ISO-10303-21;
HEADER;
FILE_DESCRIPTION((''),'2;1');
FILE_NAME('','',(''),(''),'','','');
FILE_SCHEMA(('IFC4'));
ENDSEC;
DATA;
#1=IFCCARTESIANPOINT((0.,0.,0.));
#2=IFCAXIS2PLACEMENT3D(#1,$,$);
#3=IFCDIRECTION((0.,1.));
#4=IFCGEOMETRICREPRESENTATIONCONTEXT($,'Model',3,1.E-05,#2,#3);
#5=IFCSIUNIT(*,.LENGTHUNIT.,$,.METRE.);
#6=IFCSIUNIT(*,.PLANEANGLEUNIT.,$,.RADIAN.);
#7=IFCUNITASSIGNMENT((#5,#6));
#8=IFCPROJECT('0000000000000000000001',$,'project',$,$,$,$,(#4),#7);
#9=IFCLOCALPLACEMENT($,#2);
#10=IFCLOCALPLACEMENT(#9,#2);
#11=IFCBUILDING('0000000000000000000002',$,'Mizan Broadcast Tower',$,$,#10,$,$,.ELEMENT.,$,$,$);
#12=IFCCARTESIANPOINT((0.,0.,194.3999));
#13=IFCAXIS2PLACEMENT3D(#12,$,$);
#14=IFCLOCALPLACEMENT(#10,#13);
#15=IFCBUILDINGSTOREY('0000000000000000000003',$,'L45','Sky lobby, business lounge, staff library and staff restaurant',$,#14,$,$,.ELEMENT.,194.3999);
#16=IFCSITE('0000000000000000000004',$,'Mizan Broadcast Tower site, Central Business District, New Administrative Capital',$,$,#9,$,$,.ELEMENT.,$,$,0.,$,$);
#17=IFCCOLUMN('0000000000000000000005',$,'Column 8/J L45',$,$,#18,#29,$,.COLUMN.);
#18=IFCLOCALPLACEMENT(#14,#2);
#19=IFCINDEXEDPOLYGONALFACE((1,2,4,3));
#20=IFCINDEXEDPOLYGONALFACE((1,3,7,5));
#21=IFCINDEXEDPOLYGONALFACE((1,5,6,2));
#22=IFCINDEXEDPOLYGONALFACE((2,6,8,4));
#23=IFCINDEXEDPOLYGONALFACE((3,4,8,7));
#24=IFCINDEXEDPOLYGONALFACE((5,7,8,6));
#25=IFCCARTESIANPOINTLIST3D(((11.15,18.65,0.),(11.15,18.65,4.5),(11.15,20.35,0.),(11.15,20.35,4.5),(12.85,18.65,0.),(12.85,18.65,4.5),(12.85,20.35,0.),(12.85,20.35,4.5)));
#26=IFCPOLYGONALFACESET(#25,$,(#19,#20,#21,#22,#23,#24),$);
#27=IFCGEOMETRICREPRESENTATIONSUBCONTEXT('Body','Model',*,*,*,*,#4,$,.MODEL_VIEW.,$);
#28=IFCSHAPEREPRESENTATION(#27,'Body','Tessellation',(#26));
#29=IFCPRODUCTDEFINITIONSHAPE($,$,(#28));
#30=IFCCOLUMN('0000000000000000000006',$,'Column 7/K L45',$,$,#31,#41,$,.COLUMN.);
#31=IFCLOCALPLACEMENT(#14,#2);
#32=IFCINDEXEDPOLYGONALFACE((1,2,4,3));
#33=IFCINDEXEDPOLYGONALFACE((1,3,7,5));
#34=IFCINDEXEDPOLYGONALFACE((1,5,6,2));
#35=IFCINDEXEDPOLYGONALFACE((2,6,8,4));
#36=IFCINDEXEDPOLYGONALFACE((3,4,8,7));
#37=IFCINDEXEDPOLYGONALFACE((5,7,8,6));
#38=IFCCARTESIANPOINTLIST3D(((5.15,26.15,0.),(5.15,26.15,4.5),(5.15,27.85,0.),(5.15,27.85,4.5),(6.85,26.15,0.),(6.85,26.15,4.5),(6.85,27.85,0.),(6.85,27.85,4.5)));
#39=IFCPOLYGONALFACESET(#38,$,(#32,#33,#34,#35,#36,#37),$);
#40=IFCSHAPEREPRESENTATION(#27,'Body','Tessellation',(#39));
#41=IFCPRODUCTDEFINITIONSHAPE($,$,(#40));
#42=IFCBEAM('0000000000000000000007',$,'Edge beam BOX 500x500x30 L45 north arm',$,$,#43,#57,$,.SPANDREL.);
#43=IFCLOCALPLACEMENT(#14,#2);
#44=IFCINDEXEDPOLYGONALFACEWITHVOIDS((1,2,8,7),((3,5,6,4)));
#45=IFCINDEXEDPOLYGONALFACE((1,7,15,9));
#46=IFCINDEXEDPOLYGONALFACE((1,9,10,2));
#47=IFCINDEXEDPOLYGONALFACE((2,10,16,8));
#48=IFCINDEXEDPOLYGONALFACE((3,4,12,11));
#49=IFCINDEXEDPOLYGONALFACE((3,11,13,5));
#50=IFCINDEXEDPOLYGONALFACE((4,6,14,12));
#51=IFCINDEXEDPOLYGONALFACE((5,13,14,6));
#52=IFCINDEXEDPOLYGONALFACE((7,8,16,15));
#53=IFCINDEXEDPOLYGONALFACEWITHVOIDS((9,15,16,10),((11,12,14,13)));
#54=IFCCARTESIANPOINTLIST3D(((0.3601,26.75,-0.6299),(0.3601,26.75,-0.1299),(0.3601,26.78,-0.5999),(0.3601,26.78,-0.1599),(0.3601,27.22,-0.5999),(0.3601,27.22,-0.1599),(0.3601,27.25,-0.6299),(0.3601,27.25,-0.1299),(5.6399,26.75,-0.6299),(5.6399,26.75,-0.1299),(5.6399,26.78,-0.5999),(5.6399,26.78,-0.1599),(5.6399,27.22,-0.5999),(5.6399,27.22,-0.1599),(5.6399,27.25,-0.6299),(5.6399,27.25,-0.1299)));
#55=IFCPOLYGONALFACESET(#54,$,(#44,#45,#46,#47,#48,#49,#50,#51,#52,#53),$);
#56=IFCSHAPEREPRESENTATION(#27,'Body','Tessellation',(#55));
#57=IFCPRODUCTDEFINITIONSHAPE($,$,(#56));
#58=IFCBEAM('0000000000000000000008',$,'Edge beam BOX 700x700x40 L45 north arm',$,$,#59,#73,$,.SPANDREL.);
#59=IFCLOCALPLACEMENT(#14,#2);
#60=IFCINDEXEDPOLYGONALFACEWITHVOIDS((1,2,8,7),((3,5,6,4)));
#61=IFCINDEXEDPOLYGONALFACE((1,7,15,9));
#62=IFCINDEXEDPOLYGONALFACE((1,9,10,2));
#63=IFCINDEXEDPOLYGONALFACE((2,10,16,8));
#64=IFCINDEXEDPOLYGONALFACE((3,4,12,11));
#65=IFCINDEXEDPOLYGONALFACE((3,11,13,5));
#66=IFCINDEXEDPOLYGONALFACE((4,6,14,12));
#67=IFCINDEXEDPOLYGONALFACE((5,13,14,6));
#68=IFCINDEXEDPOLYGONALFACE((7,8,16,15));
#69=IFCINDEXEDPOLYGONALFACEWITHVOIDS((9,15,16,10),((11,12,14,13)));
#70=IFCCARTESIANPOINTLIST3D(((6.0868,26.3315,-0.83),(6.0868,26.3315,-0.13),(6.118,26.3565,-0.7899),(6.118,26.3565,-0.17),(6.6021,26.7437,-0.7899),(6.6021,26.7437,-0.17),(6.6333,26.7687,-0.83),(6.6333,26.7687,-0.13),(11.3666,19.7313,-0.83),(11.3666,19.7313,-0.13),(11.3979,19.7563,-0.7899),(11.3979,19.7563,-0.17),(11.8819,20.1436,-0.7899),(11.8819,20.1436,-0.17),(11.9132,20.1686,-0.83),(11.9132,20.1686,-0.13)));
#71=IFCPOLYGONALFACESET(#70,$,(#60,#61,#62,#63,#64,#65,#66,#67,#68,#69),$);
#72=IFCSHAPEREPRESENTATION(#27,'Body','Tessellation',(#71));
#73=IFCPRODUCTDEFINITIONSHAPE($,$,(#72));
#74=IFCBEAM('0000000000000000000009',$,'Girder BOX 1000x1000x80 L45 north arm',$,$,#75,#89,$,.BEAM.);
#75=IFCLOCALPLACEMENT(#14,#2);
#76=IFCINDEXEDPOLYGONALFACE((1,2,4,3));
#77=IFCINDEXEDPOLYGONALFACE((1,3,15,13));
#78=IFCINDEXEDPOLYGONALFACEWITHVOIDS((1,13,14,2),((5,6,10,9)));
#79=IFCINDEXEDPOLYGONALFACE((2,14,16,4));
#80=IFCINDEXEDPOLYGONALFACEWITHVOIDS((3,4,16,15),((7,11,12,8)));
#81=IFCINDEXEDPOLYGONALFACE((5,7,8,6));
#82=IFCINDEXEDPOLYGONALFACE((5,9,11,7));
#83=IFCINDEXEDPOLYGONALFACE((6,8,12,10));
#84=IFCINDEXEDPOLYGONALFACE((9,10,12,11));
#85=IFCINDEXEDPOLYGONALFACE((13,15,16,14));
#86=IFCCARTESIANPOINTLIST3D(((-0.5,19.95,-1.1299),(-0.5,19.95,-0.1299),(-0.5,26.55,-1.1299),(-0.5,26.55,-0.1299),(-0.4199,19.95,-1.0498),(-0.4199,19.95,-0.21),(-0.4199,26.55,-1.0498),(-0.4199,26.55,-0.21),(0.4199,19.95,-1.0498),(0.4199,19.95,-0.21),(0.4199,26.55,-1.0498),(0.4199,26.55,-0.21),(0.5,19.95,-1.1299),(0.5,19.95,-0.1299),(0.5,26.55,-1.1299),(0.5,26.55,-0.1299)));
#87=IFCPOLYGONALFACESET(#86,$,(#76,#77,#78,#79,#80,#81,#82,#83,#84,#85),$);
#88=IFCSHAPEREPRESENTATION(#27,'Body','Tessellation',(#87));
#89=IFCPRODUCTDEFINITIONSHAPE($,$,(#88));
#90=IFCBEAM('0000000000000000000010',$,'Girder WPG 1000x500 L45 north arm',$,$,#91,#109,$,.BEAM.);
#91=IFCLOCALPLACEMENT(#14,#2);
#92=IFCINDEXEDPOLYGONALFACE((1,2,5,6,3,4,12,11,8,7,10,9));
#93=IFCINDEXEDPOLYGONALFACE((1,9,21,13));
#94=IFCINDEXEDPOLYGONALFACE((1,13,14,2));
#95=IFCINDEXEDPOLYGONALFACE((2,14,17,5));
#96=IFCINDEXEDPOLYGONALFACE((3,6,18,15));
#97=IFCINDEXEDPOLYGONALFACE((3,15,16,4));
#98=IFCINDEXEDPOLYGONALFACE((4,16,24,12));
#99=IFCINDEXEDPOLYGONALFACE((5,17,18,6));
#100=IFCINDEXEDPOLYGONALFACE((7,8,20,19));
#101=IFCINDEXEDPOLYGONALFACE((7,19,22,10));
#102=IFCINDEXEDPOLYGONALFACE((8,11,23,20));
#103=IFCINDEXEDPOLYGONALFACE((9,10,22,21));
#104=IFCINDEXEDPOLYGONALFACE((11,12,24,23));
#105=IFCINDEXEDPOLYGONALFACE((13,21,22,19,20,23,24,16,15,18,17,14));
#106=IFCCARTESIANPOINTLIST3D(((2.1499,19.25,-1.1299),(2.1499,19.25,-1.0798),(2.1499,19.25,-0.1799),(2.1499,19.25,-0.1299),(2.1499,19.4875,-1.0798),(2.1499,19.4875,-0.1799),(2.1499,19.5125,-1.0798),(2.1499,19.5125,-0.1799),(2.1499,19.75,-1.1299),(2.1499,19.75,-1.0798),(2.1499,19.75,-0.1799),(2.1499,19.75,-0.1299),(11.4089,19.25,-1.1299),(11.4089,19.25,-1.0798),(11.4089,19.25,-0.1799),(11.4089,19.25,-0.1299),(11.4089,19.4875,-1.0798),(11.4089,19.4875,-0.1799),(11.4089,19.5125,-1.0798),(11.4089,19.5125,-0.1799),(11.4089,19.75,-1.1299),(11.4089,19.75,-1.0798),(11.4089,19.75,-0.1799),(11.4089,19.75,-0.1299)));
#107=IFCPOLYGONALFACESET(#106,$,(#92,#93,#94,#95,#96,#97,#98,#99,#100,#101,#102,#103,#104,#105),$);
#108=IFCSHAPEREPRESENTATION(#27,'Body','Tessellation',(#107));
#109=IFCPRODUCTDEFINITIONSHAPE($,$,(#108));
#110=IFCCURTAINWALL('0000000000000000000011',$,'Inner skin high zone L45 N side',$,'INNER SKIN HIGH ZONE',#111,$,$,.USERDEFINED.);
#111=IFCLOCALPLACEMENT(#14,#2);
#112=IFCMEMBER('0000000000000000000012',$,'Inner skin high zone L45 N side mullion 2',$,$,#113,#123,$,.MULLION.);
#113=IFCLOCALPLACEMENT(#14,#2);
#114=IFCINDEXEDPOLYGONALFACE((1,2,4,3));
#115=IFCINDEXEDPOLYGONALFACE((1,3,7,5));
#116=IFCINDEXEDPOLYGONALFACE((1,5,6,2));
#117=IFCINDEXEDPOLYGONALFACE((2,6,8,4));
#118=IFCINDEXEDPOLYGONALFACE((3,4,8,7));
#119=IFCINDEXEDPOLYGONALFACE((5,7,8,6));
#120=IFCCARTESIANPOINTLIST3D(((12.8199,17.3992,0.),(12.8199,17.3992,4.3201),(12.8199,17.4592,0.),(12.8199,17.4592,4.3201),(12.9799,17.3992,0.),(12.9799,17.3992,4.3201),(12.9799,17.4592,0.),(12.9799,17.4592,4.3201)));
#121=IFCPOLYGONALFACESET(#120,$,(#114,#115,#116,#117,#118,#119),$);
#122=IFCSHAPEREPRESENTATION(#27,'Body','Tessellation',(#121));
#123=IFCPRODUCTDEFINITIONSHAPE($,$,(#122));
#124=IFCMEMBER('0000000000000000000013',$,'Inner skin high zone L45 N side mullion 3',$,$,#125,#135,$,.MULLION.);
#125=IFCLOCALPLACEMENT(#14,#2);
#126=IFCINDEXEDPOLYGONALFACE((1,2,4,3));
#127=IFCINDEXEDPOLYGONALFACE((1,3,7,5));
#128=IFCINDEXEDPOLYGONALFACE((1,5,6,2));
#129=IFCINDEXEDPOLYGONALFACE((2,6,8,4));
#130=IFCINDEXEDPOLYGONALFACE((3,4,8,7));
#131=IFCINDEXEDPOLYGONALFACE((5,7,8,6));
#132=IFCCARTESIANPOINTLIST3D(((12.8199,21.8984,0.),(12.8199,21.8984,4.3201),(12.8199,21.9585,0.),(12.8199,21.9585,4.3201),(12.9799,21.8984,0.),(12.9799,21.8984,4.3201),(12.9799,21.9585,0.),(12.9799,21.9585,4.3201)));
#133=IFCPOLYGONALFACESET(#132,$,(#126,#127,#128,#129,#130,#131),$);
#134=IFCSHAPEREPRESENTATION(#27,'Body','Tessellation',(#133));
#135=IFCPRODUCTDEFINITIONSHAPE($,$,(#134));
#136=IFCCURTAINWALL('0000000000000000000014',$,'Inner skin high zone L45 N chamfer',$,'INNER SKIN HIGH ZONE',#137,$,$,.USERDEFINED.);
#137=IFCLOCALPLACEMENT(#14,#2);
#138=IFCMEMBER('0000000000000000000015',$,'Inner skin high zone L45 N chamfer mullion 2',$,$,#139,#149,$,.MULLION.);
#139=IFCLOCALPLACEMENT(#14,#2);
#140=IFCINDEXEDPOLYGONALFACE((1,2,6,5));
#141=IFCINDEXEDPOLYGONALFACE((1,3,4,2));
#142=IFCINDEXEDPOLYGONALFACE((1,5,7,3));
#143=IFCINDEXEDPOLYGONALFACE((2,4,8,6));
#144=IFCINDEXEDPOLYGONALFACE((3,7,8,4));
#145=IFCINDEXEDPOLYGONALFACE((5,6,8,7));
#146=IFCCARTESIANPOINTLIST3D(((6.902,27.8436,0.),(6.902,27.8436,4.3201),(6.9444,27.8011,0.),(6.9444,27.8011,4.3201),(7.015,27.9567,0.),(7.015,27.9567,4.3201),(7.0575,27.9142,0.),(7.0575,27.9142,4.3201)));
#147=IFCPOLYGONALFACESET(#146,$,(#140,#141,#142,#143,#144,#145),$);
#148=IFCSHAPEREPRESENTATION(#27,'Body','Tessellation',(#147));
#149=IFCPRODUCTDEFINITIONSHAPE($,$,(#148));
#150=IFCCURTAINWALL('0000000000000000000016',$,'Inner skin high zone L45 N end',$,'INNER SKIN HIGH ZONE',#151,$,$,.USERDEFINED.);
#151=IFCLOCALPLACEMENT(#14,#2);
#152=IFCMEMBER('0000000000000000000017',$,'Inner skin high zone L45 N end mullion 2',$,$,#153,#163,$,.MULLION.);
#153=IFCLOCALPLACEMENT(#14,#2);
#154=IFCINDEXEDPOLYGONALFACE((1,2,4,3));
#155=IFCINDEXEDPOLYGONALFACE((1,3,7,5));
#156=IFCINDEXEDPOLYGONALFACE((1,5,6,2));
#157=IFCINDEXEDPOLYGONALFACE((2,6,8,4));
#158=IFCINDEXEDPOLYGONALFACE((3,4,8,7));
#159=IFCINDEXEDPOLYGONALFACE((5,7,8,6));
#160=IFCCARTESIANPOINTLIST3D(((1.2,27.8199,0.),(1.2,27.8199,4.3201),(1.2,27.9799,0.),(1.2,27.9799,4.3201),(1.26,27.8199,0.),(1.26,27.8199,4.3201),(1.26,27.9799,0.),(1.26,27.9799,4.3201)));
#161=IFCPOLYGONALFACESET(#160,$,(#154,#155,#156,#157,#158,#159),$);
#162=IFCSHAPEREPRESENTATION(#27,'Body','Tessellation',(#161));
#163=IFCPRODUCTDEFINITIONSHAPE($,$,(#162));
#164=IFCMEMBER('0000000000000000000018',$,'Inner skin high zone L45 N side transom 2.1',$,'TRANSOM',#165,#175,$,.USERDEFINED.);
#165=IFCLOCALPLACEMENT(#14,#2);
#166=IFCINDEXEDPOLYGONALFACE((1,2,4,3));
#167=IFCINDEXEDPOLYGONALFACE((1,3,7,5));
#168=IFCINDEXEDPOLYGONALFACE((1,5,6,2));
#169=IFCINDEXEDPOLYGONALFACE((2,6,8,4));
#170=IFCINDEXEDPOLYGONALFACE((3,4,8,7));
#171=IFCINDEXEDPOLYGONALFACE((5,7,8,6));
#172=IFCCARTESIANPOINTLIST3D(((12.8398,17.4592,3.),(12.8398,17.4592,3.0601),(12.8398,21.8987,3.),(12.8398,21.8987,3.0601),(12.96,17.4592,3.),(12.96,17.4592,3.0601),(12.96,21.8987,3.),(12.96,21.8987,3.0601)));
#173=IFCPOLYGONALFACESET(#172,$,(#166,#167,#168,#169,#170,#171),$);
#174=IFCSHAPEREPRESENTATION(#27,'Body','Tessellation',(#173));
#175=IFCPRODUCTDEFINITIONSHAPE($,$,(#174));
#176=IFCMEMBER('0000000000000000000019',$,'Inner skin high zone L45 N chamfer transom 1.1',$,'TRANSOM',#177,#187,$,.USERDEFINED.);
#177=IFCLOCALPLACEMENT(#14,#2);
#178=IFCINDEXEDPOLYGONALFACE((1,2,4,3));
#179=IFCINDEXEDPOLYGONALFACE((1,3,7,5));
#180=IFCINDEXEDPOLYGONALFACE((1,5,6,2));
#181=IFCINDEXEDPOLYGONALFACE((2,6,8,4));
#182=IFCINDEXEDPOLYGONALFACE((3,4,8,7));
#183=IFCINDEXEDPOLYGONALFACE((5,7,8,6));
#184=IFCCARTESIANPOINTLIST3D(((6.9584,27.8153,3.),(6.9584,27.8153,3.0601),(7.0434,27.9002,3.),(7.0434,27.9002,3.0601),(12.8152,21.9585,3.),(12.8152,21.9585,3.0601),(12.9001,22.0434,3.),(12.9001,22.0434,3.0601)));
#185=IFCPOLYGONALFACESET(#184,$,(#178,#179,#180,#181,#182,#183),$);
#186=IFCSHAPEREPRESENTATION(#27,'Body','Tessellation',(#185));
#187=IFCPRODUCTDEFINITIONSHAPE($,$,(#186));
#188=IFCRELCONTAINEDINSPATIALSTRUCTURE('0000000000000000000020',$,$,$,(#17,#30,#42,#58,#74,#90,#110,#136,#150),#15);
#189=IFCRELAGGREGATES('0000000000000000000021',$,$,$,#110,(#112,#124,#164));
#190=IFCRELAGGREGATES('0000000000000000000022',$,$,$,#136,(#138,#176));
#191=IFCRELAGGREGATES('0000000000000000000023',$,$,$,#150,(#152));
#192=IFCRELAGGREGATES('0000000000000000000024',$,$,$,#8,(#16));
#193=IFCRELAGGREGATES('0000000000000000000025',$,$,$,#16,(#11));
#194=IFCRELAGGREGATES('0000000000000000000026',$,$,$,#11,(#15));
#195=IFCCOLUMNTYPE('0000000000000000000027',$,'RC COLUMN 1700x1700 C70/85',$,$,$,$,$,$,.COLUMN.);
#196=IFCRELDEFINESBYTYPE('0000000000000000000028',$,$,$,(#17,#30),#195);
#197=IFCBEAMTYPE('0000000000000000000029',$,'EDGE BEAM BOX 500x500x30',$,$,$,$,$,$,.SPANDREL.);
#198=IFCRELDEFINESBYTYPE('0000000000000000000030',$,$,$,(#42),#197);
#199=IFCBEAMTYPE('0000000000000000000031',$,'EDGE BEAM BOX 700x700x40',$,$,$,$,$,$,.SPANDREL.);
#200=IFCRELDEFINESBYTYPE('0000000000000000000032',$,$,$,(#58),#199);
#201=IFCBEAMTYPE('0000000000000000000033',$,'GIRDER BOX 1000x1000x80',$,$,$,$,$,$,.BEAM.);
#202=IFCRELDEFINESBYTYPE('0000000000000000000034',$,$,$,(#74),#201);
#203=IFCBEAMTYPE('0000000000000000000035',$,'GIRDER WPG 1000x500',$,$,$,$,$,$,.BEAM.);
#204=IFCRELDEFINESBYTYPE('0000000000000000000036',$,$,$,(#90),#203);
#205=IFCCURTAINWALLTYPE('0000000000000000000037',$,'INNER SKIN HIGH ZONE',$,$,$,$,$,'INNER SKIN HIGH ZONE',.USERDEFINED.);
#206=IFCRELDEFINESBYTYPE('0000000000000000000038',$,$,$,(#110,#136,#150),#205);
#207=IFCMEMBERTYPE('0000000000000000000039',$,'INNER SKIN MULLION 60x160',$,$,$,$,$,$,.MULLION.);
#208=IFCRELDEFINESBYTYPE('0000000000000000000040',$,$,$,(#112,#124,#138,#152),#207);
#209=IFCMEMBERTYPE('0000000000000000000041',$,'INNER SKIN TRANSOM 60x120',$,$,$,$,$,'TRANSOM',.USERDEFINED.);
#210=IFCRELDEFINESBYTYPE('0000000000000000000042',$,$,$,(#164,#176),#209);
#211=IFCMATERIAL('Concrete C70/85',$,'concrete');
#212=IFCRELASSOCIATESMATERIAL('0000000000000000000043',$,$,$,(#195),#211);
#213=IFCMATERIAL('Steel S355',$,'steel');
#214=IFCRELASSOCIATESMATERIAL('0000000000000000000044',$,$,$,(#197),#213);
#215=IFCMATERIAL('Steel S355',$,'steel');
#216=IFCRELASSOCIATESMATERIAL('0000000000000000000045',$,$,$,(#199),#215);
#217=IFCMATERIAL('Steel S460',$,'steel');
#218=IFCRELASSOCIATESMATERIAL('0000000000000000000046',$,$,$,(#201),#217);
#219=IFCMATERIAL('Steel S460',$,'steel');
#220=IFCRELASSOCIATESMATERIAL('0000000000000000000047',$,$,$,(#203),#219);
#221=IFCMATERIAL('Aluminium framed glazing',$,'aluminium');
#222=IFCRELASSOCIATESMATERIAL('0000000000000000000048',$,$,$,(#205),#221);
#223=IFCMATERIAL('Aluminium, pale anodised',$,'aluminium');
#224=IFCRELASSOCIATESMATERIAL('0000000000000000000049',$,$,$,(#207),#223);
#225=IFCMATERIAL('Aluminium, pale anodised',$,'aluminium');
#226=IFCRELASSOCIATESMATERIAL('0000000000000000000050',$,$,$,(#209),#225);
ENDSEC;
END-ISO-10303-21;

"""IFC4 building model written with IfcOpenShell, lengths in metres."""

from ifc_helpers import new_model, si_unit, direction, frame, origin, origin_2d, place, context, subcontext, project, spatial, rectangle, hollow_rectangle, i_section, extrude, material, material_profile, profile_set, type_object, element, aggregate, save


model = new_model("IFC4")

# Units and contexts
model_context = context("Model", 3, precision=1e-05, world=origin(), true_north=direction((0.0, 1.0)))
body_context = subcontext(model_context, "Body", "Model", "MODEL_VIEW")
ifc_project = project(units=[si_unit("LENGTHUNIT", "METRE"), si_unit("PLANEANGLEUNIT", "RADIAN")], contexts=[model_context])

# Site, building, storey
site_placement = place(None, origin())
site = spatial("IfcSite", under=ifc_project, at=site_placement, Name="Mizan Broadcast Tower site, Central Business District, New Administrative Capital", CompositionType="ELEMENT", RefElevation=0.0)
building_placement = place(site_placement, origin())
building = spatial("IfcBuilding", under=site, at=building_placement, Name="Mizan Broadcast Tower", CompositionType="ELEMENT")
storey_placement = place(building_placement, frame((0.0, 0.0, 194.3999)))
storey = spatial("IfcBuildingStorey", under=building, at=storey_placement, Name="L45", Description="Sky lobby, business lounge, staff library and staff restaurant", CompositionType="ELEMENT", Elevation=194.3999)

# Columns
ifc_material_1 = material(Name="Concrete C70/85", Category="concrete")
ifc_material_profile_1 = material_profile(ifc_material_1, rectangle(XDim=1.7, YDim=1.7, at=origin_2d()), Name="RC 1700x1700")
ifc_profile_set_1 = profile_set([ifc_material_profile_1], Name="Concrete C70/85")
column_type = type_object("IfcColumnType", Name="RC COLUMN 1700x1700 C70/85", PredefinedType="COLUMN", material=ifc_profile_set_1)
for number, where, z_axis, x_axis, name in (
    (1, (12.0, 19.5, 0.0), (0.0, 0.0, 1.0), (1.0, 0.0, 0.0), "Column 8/J L45"),
    (2, (6.0, 27.0, 0.0), (0.0, 0.0, 1.0), (1.0, 0.0, 0.0), "Column 7/K L45"),
):
    element("IfcColumn", number, at=place(storey_placement, frame(where, z_axis=z_axis, x_axis=x_axis)), inside=storey, type_object=column_type, Name=name, PredefinedType="COLUMN", context=body_context, shape_type="SweptSolid", body=[
        extrude(rectangle(XDim=1.7, YDim=1.7, at=origin_2d()), origin(), (0.0, 0.0, 1.0), 4.5),
    ])

# Beams
ifc_material_2 = material(Name="Steel S355", Category="steel")
ifc_material_profile_2 = material_profile(ifc_material_2, hollow_rectangle(XDim=0.5, YDim=0.5, WallThickness=0.03, at=origin_2d()), Name="BOX 500x500x30")
ifc_profile_set_2 = profile_set([ifc_material_profile_2], Name="Steel S355")
beam_type_1 = type_object("IfcBeamType", Name="EDGE BEAM BOX 500x500x30", PredefinedType="SPANDREL", material=ifc_profile_set_2)
beam_1_placement = place(storey_placement, frame((5.6399, 27.0, -0.3799), z_axis=(-1.0, 0.0, 0.0), x_axis=(0.0, -1.0, 0.0)))
element("IfcBeam", 3, at=beam_1_placement, inside=storey, type_object=beam_type_1, Name="Edge beam BOX 500x500x30 L45 north arm", PredefinedType="SPANDREL", context=body_context, shape_type="SweptSolid", body=[
    extrude(hollow_rectangle(XDim=0.5, YDim=0.5, WallThickness=0.03, at=origin_2d()), origin(), (0.0, 0.0, 1.0), 5.2798),
])
ifc_material_3 = material(Name="Steel S355", Category="steel")
ifc_material_profile_3 = material_profile(ifc_material_3, hollow_rectangle(XDim=0.7, YDim=0.7, WallThickness=0.04, at=origin_2d()), Name="BOX 700x700x40")
ifc_profile_set_3 = profile_set([ifc_material_profile_3], Name="Steel S355")
beam_type_2 = type_object("IfcBeamType", Name="EDGE BEAM BOX 700x700x40", PredefinedType="SPANDREL", material=ifc_profile_set_3)
beam_2_placement = place(storey_placement, frame((11.6399, 19.95, -0.48), z_axis=(-0.624674, 0.780886, 0.0), x_axis=(-0.780886, -0.624674, 0.0)))
element("IfcBeam", 4, at=beam_2_placement, inside=storey, type_object=beam_type_2, Name="Edge beam BOX 700x700x40 L45 north arm", PredefinedType="SPANDREL", context=body_context, shape_type="SweptSolid", body=[
    extrude(hollow_rectangle(XDim=0.7, YDim=0.7, WallThickness=0.04, at=origin_2d()), origin(), (0.0, 0.0, 1.0), 8.4521),
])
ifc_material_4 = material(Name="Steel S460", Category="steel")
ifc_material_profile_4 = material_profile(ifc_material_4, hollow_rectangle(XDim=1.0, YDim=1.0, WallThickness=0.0801, at=origin_2d()), Name="BOX 1000x1000x80")
ifc_profile_set_4 = profile_set([ifc_material_profile_4], Name="Steel S460")
beam_type_3 = type_object("IfcBeamType", Name="GIRDER BOX 1000x1000x80", PredefinedType="BEAM", material=ifc_profile_set_4)
beam_3_placement = place(storey_placement, frame((0.0, 19.95, -0.6299), z_axis=(0.0, 1.0, 0.0), x_axis=(-1.0, 0.0, 0.0)))
element("IfcBeam", 5, at=beam_3_placement, inside=storey, type_object=beam_type_3, Name="Girder BOX 1000x1000x80 L45 north arm", PredefinedType="BEAM", context=body_context, shape_type="SweptSolid", body=[
    extrude(hollow_rectangle(XDim=1.0, YDim=1.0, WallThickness=0.0801, at=origin_2d()), origin(), (0.0, 0.0, 1.0), 6.6001),
])
ifc_material_5 = material(Name="Steel S460", Category="steel")
ifc_material_profile_5 = material_profile(ifc_material_5, i_section(OverallWidth=0.5, OverallDepth=1.0, WebThickness=0.0249, FlangeThickness=0.05, at=origin_2d()), Name="WPG 1000x500")
ifc_profile_set_5 = profile_set([ifc_material_profile_5], Name="Steel S460")
beam_type_4 = type_object("IfcBeamType", Name="GIRDER WPG 1000x500", PredefinedType="BEAM", material=ifc_profile_set_5)
beam_4_placement = place(storey_placement, frame((11.4089, 19.5, -0.6299), z_axis=(-1.0, 0.0, 0.0), x_axis=(0.0, -1.0, 0.0)))
element("IfcBeam", 6, at=beam_4_placement, inside=storey, type_object=beam_type_4, Name="Girder WPG 1000x500 L45 north arm", PredefinedType="BEAM", context=body_context, shape_type="SweptSolid", body=[
    extrude(i_section(OverallWidth=0.5, OverallDepth=1.0, WebThickness=0.0249, FlangeThickness=0.05, at=origin_2d()), origin(), (0.0, 0.0, 1.0), 9.259),
])

# Curtain wall, members
ifc_material_6 = material(Name="Aluminium framed glazing", Category="aluminium")
curtain_wall_type_1 = type_object("IfcCurtainWallType", Name="INNER SKIN HIGH ZONE", ElementType="INNER SKIN HIGH ZONE", PredefinedType="USERDEFINED", material=ifc_material_6)
curtain_wall_1_placement = place(storey_placement, origin())
curtain_wall_1 = element("IfcCurtainWall", 7, at=curtain_wall_1_placement, inside=storey, type_object=curtain_wall_type_1, Name="Inner skin high zone L45 N side", ObjectType="INNER SKIN HIGH ZONE", PredefinedType="USERDEFINED")
ifc_material_7 = material(Name="Aluminium, pale anodised", Category="aluminium")
ifc_material_profile_6 = material_profile(ifc_material_7, rectangle(XDim=0.1599, YDim=0.0601, at=origin_2d()), Name="MULLION 160x60")
ifc_profile_set_6 = profile_set([ifc_material_profile_6], Name="Aluminium, pale anodised")
member_type_1 = type_object("IfcMemberType", Name="INNER SKIN MULLION 60x160", PredefinedType="MULLION", material=ifc_profile_set_6)
member_1_placement = place(storey_placement, frame((12.8999, 17.4292, 0.0), z_axis=(0.0, 0.0, 1.0), x_axis=(-1.0, 0.0, 0.0)))
member_1 = element("IfcMember", 8, at=member_1_placement, type_object=member_type_1, Name="Inner skin high zone L45 N side mullion 2", PredefinedType="MULLION", context=body_context, shape_type="SweptSolid", body=[
    extrude(rectangle(XDim=0.1599, YDim=0.0601, at=origin_2d()), origin(), (0.0, 0.0, 1.0), 4.3201),
])
member_2_placement = place(storey_placement, frame((12.8999, 21.9285, 0.0), z_axis=(0.0, 0.0, 1.0), x_axis=(-1.0, 0.0, 0.0)))
member_2 = element("IfcMember", 9, at=member_2_placement, type_object=member_type_1, Name="Inner skin high zone L45 N side mullion 3", PredefinedType="MULLION", context=body_context, shape_type="SweptSolid", body=[
    extrude(rectangle(XDim=0.1599, YDim=0.0601, at=origin_2d()), origin(), (0.0, 0.0, 1.0), 4.3201),
])

# Curtain walls, members
curtain_wall_2_placement = place(storey_placement, origin())
curtain_wall_2 = element("IfcCurtainWall", 10, at=curtain_wall_2_placement, inside=storey, type_object=curtain_wall_type_1, Name="Inner skin high zone L45 N chamfer", ObjectType="INNER SKIN HIGH ZONE", PredefinedType="USERDEFINED")
member_3_placement = place(storey_placement, frame((6.9797, 27.8789, 0.0), z_axis=(0.0, 0.0, 1.0), x_axis=(-0.707107, -0.707107, 0.0)))
member_3 = element("IfcMember", 11, at=member_3_placement, type_object=member_type_1, Name="Inner skin high zone L45 N chamfer mullion 2", PredefinedType="MULLION", context=body_context, shape_type="SweptSolid", body=[
    extrude(rectangle(XDim=0.1599, YDim=0.0601, at=origin_2d()), origin(), (0.0, 0.0, 1.0), 4.3201),
])
curtain_wall_3_placement = place(storey_placement, origin())
curtain_wall_3 = element("IfcCurtainWall", 12, at=curtain_wall_3_placement, inside=storey, type_object=curtain_wall_type_1, Name="Inner skin high zone L45 N end", ObjectType="INNER SKIN HIGH ZONE", PredefinedType="USERDEFINED")
member_4_placement = place(storey_placement, frame((1.23, 27.8999, 0.0), z_axis=(0.0, 0.0, 1.0), x_axis=(0.0, -1.0, 0.0)))
member_4 = element("IfcMember", 13, at=member_4_placement, type_object=member_type_1, Name="Inner skin high zone L45 N end mullion 2", PredefinedType="MULLION", context=body_context, shape_type="SweptSolid", body=[
    extrude(rectangle(XDim=0.1599, YDim=0.0601, at=origin_2d()), origin(), (0.0, 0.0, 1.0), 4.3201),
])

# Members
ifc_material_8 = material(Name="Aluminium, pale anodised", Category="aluminium")
ifc_material_profile_7 = material_profile(ifc_material_8, rectangle(XDim=0.1201, YDim=0.0601, at=origin_2d()), Name="TRANSOM 120x60")
ifc_profile_set_7 = profile_set([ifc_material_profile_7], Name="Aluminium, pale anodised")
member_type_2 = type_object("IfcMemberType", Name="INNER SKIN TRANSOM 60x120", ElementType="TRANSOM", PredefinedType="USERDEFINED", material=ifc_profile_set_7)
member_5_placement = place(storey_placement, frame((12.8999, 17.4592, 3.03), z_axis=(0.0, 1.0, 0.0), x_axis=(-1.0, 0.0, 0.0)))
member_5 = element("IfcMember", 14, at=member_5_placement, type_object=member_type_2, Name="Inner skin high zone L45 N side transom 2.1", ObjectType="TRANSOM", PredefinedType="USERDEFINED", context=body_context, shape_type="SweptSolid", body=[
    extrude(rectangle(XDim=0.1201, YDim=0.0601, at=origin_2d()), origin(), (0.0, 0.0, 1.0), 4.4395),
])
member_6_placement = place(storey_placement, frame((12.8577, 22.001, 3.03), z_axis=(-0.707107, 0.707107, 0.0), x_axis=(-0.707107, -0.707107, 0.0)))
member_6 = element("IfcMember", 15, at=member_6_placement, type_object=member_type_2, Name="Inner skin high zone L45 N chamfer transom 1.1", ObjectType="TRANSOM", PredefinedType="USERDEFINED", context=body_context, shape_type="SweptSolid", body=[
    extrude(rectangle(XDim=0.1201, YDim=0.0601, at=origin_2d()), origin(), (0.0, 0.0, 1.0), 8.2827),
])

aggregate(curtain_wall_1, [member_1, member_2, member_5])
aggregate(curtain_wall_2, [member_3, member_6])
aggregate(curtain_wall_3, [member_4])

save(model, "model.ifc")
